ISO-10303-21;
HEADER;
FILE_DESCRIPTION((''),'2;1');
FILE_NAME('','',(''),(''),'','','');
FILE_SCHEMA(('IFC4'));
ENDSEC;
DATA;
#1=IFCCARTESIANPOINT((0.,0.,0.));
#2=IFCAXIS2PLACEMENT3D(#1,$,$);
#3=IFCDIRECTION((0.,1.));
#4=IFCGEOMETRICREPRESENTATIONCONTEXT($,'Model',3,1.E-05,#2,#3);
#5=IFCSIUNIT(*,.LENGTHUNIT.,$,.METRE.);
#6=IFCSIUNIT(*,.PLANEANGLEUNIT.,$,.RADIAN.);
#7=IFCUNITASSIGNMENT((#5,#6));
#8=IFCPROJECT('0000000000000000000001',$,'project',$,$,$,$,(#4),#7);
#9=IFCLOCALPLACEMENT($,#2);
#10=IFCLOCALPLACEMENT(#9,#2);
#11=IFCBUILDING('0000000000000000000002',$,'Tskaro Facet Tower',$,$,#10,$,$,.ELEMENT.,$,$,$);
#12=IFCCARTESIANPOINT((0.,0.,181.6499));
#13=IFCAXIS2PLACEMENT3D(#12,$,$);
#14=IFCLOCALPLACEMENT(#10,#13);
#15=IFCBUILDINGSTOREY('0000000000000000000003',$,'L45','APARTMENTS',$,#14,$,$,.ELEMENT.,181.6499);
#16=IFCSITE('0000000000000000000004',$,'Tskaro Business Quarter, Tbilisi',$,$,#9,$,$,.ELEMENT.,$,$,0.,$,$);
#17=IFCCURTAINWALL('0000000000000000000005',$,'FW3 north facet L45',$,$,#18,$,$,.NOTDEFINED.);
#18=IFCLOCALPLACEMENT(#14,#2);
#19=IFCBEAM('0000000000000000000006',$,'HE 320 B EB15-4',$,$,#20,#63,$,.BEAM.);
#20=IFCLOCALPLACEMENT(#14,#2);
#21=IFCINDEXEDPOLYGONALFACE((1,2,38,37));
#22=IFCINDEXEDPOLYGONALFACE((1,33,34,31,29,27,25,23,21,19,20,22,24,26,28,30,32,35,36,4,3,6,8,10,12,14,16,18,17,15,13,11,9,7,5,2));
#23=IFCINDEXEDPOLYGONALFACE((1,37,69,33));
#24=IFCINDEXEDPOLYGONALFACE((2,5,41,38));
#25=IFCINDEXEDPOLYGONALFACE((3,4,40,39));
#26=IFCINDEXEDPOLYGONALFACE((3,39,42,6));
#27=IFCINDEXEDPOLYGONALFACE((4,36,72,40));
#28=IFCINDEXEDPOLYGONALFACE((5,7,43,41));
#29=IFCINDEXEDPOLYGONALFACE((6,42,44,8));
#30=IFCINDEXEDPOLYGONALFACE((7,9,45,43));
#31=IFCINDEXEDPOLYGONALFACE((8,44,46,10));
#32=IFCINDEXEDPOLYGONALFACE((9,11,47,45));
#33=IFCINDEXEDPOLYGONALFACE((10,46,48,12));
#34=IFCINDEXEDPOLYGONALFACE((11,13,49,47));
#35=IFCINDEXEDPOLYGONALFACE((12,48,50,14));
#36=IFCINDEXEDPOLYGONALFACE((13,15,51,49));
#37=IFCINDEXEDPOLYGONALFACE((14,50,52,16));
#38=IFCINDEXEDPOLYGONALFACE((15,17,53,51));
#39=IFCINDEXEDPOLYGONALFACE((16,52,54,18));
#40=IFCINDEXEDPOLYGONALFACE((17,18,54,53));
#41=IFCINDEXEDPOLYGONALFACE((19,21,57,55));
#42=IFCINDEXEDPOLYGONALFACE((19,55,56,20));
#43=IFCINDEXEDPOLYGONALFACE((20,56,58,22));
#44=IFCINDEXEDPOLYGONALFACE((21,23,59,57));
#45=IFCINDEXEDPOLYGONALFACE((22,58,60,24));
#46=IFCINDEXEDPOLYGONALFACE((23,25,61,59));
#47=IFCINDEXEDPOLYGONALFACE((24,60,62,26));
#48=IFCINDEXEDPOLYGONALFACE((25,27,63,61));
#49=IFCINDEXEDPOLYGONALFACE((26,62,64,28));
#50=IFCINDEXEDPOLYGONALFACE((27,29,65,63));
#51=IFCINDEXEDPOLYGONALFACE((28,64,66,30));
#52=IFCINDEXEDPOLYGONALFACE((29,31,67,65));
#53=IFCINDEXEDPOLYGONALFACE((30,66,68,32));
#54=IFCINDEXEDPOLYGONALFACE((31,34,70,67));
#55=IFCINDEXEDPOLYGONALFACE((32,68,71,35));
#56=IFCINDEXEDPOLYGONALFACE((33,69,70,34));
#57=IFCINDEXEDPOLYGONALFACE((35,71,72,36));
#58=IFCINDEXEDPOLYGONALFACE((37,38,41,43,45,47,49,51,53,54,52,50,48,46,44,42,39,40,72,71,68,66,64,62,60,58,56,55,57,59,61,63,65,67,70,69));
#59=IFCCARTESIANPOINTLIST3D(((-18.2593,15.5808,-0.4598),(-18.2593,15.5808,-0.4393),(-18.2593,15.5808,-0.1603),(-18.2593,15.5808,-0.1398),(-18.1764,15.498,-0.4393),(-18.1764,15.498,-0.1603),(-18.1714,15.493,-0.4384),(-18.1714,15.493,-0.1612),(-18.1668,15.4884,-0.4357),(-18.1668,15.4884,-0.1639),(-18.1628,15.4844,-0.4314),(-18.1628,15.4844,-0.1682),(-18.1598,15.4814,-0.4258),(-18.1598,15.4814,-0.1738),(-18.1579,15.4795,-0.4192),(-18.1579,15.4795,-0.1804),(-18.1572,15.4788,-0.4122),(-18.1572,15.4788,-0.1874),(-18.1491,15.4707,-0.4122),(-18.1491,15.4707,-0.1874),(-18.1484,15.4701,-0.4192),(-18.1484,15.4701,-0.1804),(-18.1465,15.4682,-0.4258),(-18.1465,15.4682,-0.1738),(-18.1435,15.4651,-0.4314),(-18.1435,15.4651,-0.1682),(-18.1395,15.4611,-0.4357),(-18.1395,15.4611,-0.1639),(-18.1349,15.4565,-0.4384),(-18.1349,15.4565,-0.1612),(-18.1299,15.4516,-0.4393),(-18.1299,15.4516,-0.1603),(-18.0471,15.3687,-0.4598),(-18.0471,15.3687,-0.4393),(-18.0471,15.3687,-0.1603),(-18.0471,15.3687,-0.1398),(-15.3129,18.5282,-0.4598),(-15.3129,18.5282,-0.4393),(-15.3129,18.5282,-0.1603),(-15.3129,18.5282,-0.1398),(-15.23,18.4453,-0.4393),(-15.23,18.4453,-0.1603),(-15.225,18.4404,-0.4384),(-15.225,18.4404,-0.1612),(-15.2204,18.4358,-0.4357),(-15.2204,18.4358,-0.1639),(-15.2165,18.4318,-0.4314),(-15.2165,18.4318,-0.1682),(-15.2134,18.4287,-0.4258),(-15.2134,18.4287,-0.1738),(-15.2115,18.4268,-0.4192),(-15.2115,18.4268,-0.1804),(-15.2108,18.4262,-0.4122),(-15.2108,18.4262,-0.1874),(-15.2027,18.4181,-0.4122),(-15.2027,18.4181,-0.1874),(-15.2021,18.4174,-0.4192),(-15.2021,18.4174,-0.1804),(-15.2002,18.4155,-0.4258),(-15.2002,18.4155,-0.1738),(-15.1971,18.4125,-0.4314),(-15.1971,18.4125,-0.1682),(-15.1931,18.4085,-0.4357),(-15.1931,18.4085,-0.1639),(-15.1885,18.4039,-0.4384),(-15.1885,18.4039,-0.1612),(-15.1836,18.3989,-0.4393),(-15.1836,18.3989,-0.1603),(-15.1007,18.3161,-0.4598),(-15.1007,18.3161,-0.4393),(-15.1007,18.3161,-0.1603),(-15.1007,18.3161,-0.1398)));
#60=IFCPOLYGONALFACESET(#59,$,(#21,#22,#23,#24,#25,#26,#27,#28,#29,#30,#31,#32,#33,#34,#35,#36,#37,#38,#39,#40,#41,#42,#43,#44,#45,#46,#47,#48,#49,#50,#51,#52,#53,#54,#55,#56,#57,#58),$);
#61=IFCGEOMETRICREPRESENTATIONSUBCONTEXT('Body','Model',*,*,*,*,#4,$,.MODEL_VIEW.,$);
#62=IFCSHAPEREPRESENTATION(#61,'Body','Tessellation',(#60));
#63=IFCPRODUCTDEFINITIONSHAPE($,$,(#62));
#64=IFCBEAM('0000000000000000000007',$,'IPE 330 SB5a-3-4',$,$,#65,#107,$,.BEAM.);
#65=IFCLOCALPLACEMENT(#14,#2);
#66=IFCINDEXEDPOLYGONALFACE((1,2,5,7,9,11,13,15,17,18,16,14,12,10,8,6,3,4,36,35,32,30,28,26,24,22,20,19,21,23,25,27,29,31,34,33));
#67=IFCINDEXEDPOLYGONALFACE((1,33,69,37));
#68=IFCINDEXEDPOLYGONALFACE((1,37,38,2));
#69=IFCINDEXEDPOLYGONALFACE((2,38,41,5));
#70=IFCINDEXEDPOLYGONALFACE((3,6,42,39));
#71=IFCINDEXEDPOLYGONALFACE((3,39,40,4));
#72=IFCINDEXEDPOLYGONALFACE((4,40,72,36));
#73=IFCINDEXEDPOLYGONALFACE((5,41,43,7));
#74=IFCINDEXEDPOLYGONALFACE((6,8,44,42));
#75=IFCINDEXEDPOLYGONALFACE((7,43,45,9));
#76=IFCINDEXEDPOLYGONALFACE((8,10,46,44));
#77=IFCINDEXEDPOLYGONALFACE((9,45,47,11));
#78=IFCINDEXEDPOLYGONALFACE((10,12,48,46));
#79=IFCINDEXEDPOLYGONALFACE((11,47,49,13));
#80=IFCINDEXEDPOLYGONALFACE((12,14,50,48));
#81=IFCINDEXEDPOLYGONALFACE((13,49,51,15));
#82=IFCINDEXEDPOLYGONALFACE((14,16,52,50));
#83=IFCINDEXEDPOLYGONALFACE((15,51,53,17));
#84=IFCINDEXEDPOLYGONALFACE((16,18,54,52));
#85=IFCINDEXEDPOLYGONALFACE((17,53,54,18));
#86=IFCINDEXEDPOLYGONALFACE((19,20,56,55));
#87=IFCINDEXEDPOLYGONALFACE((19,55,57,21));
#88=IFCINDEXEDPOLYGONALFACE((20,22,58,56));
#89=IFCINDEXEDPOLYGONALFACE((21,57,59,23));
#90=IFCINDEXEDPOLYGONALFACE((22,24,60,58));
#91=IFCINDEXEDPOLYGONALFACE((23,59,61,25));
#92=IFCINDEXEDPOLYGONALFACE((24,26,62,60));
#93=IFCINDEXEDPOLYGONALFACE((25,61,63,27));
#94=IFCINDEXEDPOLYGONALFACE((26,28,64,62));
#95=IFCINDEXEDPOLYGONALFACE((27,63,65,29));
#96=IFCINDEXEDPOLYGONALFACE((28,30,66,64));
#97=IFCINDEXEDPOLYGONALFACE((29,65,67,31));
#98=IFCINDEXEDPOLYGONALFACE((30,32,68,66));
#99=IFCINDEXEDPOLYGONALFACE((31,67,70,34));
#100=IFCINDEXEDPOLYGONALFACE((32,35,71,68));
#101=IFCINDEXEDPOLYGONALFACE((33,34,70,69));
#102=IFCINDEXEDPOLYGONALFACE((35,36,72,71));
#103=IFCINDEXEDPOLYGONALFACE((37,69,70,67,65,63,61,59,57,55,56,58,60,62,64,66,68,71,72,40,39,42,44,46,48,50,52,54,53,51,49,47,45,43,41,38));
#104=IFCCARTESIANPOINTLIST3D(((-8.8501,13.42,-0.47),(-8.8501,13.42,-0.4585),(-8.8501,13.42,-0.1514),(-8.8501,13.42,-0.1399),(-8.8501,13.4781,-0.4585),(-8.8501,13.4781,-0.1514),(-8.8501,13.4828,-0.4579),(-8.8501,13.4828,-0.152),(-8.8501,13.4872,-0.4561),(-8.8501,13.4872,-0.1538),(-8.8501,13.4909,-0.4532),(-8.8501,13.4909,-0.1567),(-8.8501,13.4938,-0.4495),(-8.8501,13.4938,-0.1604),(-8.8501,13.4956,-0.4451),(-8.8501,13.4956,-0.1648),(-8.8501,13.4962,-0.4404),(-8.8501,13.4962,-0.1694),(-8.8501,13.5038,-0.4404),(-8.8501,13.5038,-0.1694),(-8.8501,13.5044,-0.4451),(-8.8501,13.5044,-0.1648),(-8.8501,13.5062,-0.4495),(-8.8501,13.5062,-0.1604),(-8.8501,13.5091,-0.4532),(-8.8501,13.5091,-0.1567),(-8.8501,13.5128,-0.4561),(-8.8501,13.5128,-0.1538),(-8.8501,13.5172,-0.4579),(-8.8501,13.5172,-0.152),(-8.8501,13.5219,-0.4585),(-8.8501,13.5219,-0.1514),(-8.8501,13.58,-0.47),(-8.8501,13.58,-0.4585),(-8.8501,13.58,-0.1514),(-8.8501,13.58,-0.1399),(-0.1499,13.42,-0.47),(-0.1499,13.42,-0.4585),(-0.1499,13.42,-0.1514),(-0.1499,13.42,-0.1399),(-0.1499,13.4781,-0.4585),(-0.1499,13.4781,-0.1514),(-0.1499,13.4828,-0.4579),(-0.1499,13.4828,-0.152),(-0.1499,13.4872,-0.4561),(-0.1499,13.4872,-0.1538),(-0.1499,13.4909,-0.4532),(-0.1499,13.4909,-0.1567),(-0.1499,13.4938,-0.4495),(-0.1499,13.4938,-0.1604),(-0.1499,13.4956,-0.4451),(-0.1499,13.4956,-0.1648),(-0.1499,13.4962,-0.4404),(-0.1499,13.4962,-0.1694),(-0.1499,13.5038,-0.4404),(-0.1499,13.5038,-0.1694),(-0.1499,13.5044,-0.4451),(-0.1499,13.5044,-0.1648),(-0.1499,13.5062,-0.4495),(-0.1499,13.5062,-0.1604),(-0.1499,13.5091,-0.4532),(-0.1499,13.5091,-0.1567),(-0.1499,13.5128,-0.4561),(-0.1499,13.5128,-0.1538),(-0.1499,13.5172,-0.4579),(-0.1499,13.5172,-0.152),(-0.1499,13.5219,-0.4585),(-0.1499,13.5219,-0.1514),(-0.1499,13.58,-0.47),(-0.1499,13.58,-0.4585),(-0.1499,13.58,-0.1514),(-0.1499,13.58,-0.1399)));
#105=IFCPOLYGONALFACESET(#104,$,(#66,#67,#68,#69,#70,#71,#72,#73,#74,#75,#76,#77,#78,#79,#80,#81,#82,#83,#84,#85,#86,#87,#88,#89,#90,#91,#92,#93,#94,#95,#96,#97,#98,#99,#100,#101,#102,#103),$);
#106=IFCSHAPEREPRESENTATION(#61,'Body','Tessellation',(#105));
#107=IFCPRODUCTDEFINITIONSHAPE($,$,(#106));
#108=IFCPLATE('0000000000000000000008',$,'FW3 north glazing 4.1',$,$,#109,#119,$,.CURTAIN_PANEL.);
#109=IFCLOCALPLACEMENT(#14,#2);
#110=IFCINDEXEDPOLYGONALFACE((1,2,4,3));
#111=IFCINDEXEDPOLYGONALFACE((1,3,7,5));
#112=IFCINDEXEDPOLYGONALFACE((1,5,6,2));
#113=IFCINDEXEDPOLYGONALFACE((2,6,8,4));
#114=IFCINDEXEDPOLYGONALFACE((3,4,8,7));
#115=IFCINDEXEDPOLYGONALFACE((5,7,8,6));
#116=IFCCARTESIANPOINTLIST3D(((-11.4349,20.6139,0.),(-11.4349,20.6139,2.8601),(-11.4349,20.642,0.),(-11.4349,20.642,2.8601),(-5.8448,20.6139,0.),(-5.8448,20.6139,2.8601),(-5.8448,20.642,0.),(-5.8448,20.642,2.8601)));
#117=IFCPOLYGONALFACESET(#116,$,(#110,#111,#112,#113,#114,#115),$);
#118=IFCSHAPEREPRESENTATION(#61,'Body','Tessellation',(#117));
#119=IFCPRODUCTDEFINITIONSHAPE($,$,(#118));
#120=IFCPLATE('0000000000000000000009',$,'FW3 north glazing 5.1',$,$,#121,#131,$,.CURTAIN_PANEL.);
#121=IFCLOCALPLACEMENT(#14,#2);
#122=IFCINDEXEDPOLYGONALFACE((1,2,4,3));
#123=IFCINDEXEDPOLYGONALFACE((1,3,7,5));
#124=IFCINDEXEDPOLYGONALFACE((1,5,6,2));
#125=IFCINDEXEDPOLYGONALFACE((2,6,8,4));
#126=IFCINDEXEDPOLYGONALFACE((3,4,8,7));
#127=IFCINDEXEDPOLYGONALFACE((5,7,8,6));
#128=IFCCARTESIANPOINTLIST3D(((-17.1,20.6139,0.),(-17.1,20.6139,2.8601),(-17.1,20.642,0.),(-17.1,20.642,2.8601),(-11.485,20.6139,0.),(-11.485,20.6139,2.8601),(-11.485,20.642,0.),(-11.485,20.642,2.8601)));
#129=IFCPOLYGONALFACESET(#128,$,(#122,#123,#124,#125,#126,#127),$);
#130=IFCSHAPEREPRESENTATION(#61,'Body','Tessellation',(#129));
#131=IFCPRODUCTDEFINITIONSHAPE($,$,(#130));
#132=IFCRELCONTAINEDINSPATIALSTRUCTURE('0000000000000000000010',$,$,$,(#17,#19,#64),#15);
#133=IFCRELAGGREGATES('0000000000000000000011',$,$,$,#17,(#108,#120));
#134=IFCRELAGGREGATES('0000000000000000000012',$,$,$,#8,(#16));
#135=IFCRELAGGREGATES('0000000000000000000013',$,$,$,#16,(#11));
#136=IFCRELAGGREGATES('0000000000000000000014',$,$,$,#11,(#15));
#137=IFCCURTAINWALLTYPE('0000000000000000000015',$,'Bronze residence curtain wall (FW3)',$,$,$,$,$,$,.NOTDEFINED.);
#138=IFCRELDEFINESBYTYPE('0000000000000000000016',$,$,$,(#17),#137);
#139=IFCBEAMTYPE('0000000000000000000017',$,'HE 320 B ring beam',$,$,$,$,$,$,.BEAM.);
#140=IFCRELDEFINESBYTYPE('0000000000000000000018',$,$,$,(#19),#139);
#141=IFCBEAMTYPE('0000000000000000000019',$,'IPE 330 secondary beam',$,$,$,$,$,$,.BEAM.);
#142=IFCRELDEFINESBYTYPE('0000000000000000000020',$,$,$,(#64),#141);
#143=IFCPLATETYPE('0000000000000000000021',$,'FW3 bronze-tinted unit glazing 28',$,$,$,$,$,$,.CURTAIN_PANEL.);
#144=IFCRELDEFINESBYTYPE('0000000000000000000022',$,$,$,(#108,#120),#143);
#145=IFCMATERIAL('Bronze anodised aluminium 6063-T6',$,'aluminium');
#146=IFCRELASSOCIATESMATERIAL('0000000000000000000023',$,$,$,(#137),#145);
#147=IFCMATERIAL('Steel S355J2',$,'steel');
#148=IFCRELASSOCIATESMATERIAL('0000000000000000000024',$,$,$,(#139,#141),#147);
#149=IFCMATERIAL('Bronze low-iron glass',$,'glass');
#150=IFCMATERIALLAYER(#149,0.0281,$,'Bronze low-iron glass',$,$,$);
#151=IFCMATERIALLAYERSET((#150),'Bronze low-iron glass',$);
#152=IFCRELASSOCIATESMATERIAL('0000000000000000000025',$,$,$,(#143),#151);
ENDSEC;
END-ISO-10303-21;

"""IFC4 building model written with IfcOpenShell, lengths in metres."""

from ifc_helpers import new_model, si_unit, direction, frame, origin, origin_2d, place, context, subcontext, project, spatial, rectangle, i_section, extrude, material, layer, layer_set, material_profile, profile_set, type_object, element, aggregate, save


model = new_model("IFC4")

# Units and contexts
model_context = context("Model", 3, precision=1e-05, world=origin(), true_north=direction((0.0, 1.0)))
body_context = subcontext(model_context, "Body", "Model", "MODEL_VIEW")
ifc_project = project(units=[si_unit("LENGTHUNIT", "METRE"), si_unit("PLANEANGLEUNIT", "RADIAN")], contexts=[model_context])

# Site, building, storey
site_placement = place(None, origin())
site = spatial("IfcSite", under=ifc_project, at=site_placement, Name="Tskaro Business Quarter, Tbilisi", CompositionType="ELEMENT", RefElevation=0.0)
building_placement = place(site_placement, origin())
building = spatial("IfcBuilding", under=site, at=building_placement, Name="Tskaro Facet Tower", CompositionType="ELEMENT")
storey_placement = place(building_placement, frame((0.0, 0.0, 181.6499)))
storey = spatial("IfcBuildingStorey", under=building, at=storey_placement, Name="L45", Description="APARTMENTS", CompositionType="ELEMENT", Elevation=181.6499)

# Shared definitions
ifc_material_1 = material(Name="Bronze anodised aluminium 6063-T6", Category="aluminium")
curtain_wall_type = type_object("IfcCurtainWallType", Name="Bronze residence curtain wall (FW3)", PredefinedType="NOTDEFINED", material=ifc_material_1)

# Curtain wall
curtain_wall_1_placement = place(storey_placement, origin())
curtain_wall_1 = element("IfcCurtainWall", 1, at=curtain_wall_1_placement, inside=storey, type_object=curtain_wall_type, Name="FW3 north facet L45", PredefinedType="NOTDEFINED")

# Beams
ifc_material_2 = material(Name="Steel S355J2", Category="steel")
ifc_material_profile_1 = material_profile(ifc_material_2, i_section(OverallWidth=0.3, OverallDepth=0.3201, WebThickness=0.0115, FlangeThickness=0.0205, FilletRadius=0.0271, at=origin_2d()), Name="HE 320 B")
ifc_profile_set_1 = profile_set([ifc_material_profile_1], Name="Steel S355J2")
beam_type_1 = type_object("IfcBeamType", Name="HE 320 B ring beam", PredefinedType="BEAM", material=ifc_profile_set_1)
beam_1_placement = place(storey_placement, frame((-15.2068, 18.4221, -0.2998), z_axis=(-0.70699, -0.707224, 0.0), x_axis=(0.707224, -0.70699, 0.0)))
element("IfcBeam", 2, at=beam_1_placement, inside=storey, type_object=beam_type_1, Name="HE 320 B EB15-4", PredefinedType="BEAM", context=body_context, shape_type="SweptSolid", body=[
    extrude(i_section(OverallWidth=0.3, OverallDepth=0.3201, WebThickness=0.0115, FlangeThickness=0.0205, FilletRadius=0.0271, at=origin_2d()), origin(), (0.0, 0.0, 1.0), 4.1675),
])
ifc_material_profile_2 = material_profile(ifc_material_2, i_section(OverallWidth=0.1599, OverallDepth=0.3301, WebThickness=0.0076, FlangeThickness=0.0115, FilletRadius=0.0181, at=origin_2d()), Name="IPE 330")
ifc_profile_set_2 = profile_set([ifc_material_profile_2], Name="Steel S355J2")
beam_type_2 = type_object("IfcBeamType", Name="IPE 330 secondary beam", PredefinedType="BEAM", material=ifc_profile_set_2)
beam_2_placement = place(storey_placement, frame((-8.8501, 13.5, -0.3049), z_axis=(1.0, 0.0, 0.0), x_axis=(0.0, 1.0, 0.0)))
element("IfcBeam", 3, at=beam_2_placement, inside=storey, type_object=beam_type_2, Name="IPE 330 SB5a-3-4", PredefinedType="BEAM", context=body_context, shape_type="SweptSolid", body=[
    extrude(i_section(OverallWidth=0.1599, OverallDepth=0.3301, WebThickness=0.0076, FlangeThickness=0.0115, FilletRadius=0.0181, at=origin_2d()), origin(), (0.0, 0.0, 1.0), 8.7002),
])

# Plates
ifc_material_3 = material(Name="Bronze low-iron glass", Category="glass")
ifc_layer_1 = layer(ifc_material_3, 0.0281, Name="Bronze low-iron glass")
ifc_layer_set_1 = layer_set([ifc_layer_1], Name="Bronze low-iron glass")
plate_type = type_object("IfcPlateType", Name="FW3 bronze-tinted unit glazing 28", PredefinedType="CURTAIN_PANEL", material=ifc_layer_set_1)
plate_1_placement = place(storey_placement, frame((-8.6399, 20.6279, 0.0), z_axis=(0.0, 0.0, 1.0), x_axis=(-1.0, 0.0, 0.0)))
plate_1 = element("IfcPlate", 4, at=plate_1_placement, type_object=plate_type, Name="FW3 north glazing 4.1", PredefinedType="CURTAIN_PANEL", context=body_context, shape_type="SweptSolid", body=[
    extrude(rectangle(XDim=5.5901, YDim=0.0281, at=origin_2d()), origin(), (0.0, 0.0, 1.0), 2.8601),
])
plate_2_placement = place(storey_placement, frame((-14.2925, 20.6279, 0.0), z_axis=(0.0, 0.0, 1.0), x_axis=(-1.0, 0.0, 0.0)))
plate_2 = element("IfcPlate", 5, at=plate_2_placement, type_object=plate_type, Name="FW3 north glazing 5.1", PredefinedType="CURTAIN_PANEL", context=body_context, shape_type="SweptSolid", body=[
    extrude(rectangle(XDim=5.615, YDim=0.0281, at=origin_2d()), origin(), (0.0, 0.0, 1.0), 2.8601),
])
aggregate(curtain_wall_1, [plate_1, plate_2])

save(model, "model.ifc")
